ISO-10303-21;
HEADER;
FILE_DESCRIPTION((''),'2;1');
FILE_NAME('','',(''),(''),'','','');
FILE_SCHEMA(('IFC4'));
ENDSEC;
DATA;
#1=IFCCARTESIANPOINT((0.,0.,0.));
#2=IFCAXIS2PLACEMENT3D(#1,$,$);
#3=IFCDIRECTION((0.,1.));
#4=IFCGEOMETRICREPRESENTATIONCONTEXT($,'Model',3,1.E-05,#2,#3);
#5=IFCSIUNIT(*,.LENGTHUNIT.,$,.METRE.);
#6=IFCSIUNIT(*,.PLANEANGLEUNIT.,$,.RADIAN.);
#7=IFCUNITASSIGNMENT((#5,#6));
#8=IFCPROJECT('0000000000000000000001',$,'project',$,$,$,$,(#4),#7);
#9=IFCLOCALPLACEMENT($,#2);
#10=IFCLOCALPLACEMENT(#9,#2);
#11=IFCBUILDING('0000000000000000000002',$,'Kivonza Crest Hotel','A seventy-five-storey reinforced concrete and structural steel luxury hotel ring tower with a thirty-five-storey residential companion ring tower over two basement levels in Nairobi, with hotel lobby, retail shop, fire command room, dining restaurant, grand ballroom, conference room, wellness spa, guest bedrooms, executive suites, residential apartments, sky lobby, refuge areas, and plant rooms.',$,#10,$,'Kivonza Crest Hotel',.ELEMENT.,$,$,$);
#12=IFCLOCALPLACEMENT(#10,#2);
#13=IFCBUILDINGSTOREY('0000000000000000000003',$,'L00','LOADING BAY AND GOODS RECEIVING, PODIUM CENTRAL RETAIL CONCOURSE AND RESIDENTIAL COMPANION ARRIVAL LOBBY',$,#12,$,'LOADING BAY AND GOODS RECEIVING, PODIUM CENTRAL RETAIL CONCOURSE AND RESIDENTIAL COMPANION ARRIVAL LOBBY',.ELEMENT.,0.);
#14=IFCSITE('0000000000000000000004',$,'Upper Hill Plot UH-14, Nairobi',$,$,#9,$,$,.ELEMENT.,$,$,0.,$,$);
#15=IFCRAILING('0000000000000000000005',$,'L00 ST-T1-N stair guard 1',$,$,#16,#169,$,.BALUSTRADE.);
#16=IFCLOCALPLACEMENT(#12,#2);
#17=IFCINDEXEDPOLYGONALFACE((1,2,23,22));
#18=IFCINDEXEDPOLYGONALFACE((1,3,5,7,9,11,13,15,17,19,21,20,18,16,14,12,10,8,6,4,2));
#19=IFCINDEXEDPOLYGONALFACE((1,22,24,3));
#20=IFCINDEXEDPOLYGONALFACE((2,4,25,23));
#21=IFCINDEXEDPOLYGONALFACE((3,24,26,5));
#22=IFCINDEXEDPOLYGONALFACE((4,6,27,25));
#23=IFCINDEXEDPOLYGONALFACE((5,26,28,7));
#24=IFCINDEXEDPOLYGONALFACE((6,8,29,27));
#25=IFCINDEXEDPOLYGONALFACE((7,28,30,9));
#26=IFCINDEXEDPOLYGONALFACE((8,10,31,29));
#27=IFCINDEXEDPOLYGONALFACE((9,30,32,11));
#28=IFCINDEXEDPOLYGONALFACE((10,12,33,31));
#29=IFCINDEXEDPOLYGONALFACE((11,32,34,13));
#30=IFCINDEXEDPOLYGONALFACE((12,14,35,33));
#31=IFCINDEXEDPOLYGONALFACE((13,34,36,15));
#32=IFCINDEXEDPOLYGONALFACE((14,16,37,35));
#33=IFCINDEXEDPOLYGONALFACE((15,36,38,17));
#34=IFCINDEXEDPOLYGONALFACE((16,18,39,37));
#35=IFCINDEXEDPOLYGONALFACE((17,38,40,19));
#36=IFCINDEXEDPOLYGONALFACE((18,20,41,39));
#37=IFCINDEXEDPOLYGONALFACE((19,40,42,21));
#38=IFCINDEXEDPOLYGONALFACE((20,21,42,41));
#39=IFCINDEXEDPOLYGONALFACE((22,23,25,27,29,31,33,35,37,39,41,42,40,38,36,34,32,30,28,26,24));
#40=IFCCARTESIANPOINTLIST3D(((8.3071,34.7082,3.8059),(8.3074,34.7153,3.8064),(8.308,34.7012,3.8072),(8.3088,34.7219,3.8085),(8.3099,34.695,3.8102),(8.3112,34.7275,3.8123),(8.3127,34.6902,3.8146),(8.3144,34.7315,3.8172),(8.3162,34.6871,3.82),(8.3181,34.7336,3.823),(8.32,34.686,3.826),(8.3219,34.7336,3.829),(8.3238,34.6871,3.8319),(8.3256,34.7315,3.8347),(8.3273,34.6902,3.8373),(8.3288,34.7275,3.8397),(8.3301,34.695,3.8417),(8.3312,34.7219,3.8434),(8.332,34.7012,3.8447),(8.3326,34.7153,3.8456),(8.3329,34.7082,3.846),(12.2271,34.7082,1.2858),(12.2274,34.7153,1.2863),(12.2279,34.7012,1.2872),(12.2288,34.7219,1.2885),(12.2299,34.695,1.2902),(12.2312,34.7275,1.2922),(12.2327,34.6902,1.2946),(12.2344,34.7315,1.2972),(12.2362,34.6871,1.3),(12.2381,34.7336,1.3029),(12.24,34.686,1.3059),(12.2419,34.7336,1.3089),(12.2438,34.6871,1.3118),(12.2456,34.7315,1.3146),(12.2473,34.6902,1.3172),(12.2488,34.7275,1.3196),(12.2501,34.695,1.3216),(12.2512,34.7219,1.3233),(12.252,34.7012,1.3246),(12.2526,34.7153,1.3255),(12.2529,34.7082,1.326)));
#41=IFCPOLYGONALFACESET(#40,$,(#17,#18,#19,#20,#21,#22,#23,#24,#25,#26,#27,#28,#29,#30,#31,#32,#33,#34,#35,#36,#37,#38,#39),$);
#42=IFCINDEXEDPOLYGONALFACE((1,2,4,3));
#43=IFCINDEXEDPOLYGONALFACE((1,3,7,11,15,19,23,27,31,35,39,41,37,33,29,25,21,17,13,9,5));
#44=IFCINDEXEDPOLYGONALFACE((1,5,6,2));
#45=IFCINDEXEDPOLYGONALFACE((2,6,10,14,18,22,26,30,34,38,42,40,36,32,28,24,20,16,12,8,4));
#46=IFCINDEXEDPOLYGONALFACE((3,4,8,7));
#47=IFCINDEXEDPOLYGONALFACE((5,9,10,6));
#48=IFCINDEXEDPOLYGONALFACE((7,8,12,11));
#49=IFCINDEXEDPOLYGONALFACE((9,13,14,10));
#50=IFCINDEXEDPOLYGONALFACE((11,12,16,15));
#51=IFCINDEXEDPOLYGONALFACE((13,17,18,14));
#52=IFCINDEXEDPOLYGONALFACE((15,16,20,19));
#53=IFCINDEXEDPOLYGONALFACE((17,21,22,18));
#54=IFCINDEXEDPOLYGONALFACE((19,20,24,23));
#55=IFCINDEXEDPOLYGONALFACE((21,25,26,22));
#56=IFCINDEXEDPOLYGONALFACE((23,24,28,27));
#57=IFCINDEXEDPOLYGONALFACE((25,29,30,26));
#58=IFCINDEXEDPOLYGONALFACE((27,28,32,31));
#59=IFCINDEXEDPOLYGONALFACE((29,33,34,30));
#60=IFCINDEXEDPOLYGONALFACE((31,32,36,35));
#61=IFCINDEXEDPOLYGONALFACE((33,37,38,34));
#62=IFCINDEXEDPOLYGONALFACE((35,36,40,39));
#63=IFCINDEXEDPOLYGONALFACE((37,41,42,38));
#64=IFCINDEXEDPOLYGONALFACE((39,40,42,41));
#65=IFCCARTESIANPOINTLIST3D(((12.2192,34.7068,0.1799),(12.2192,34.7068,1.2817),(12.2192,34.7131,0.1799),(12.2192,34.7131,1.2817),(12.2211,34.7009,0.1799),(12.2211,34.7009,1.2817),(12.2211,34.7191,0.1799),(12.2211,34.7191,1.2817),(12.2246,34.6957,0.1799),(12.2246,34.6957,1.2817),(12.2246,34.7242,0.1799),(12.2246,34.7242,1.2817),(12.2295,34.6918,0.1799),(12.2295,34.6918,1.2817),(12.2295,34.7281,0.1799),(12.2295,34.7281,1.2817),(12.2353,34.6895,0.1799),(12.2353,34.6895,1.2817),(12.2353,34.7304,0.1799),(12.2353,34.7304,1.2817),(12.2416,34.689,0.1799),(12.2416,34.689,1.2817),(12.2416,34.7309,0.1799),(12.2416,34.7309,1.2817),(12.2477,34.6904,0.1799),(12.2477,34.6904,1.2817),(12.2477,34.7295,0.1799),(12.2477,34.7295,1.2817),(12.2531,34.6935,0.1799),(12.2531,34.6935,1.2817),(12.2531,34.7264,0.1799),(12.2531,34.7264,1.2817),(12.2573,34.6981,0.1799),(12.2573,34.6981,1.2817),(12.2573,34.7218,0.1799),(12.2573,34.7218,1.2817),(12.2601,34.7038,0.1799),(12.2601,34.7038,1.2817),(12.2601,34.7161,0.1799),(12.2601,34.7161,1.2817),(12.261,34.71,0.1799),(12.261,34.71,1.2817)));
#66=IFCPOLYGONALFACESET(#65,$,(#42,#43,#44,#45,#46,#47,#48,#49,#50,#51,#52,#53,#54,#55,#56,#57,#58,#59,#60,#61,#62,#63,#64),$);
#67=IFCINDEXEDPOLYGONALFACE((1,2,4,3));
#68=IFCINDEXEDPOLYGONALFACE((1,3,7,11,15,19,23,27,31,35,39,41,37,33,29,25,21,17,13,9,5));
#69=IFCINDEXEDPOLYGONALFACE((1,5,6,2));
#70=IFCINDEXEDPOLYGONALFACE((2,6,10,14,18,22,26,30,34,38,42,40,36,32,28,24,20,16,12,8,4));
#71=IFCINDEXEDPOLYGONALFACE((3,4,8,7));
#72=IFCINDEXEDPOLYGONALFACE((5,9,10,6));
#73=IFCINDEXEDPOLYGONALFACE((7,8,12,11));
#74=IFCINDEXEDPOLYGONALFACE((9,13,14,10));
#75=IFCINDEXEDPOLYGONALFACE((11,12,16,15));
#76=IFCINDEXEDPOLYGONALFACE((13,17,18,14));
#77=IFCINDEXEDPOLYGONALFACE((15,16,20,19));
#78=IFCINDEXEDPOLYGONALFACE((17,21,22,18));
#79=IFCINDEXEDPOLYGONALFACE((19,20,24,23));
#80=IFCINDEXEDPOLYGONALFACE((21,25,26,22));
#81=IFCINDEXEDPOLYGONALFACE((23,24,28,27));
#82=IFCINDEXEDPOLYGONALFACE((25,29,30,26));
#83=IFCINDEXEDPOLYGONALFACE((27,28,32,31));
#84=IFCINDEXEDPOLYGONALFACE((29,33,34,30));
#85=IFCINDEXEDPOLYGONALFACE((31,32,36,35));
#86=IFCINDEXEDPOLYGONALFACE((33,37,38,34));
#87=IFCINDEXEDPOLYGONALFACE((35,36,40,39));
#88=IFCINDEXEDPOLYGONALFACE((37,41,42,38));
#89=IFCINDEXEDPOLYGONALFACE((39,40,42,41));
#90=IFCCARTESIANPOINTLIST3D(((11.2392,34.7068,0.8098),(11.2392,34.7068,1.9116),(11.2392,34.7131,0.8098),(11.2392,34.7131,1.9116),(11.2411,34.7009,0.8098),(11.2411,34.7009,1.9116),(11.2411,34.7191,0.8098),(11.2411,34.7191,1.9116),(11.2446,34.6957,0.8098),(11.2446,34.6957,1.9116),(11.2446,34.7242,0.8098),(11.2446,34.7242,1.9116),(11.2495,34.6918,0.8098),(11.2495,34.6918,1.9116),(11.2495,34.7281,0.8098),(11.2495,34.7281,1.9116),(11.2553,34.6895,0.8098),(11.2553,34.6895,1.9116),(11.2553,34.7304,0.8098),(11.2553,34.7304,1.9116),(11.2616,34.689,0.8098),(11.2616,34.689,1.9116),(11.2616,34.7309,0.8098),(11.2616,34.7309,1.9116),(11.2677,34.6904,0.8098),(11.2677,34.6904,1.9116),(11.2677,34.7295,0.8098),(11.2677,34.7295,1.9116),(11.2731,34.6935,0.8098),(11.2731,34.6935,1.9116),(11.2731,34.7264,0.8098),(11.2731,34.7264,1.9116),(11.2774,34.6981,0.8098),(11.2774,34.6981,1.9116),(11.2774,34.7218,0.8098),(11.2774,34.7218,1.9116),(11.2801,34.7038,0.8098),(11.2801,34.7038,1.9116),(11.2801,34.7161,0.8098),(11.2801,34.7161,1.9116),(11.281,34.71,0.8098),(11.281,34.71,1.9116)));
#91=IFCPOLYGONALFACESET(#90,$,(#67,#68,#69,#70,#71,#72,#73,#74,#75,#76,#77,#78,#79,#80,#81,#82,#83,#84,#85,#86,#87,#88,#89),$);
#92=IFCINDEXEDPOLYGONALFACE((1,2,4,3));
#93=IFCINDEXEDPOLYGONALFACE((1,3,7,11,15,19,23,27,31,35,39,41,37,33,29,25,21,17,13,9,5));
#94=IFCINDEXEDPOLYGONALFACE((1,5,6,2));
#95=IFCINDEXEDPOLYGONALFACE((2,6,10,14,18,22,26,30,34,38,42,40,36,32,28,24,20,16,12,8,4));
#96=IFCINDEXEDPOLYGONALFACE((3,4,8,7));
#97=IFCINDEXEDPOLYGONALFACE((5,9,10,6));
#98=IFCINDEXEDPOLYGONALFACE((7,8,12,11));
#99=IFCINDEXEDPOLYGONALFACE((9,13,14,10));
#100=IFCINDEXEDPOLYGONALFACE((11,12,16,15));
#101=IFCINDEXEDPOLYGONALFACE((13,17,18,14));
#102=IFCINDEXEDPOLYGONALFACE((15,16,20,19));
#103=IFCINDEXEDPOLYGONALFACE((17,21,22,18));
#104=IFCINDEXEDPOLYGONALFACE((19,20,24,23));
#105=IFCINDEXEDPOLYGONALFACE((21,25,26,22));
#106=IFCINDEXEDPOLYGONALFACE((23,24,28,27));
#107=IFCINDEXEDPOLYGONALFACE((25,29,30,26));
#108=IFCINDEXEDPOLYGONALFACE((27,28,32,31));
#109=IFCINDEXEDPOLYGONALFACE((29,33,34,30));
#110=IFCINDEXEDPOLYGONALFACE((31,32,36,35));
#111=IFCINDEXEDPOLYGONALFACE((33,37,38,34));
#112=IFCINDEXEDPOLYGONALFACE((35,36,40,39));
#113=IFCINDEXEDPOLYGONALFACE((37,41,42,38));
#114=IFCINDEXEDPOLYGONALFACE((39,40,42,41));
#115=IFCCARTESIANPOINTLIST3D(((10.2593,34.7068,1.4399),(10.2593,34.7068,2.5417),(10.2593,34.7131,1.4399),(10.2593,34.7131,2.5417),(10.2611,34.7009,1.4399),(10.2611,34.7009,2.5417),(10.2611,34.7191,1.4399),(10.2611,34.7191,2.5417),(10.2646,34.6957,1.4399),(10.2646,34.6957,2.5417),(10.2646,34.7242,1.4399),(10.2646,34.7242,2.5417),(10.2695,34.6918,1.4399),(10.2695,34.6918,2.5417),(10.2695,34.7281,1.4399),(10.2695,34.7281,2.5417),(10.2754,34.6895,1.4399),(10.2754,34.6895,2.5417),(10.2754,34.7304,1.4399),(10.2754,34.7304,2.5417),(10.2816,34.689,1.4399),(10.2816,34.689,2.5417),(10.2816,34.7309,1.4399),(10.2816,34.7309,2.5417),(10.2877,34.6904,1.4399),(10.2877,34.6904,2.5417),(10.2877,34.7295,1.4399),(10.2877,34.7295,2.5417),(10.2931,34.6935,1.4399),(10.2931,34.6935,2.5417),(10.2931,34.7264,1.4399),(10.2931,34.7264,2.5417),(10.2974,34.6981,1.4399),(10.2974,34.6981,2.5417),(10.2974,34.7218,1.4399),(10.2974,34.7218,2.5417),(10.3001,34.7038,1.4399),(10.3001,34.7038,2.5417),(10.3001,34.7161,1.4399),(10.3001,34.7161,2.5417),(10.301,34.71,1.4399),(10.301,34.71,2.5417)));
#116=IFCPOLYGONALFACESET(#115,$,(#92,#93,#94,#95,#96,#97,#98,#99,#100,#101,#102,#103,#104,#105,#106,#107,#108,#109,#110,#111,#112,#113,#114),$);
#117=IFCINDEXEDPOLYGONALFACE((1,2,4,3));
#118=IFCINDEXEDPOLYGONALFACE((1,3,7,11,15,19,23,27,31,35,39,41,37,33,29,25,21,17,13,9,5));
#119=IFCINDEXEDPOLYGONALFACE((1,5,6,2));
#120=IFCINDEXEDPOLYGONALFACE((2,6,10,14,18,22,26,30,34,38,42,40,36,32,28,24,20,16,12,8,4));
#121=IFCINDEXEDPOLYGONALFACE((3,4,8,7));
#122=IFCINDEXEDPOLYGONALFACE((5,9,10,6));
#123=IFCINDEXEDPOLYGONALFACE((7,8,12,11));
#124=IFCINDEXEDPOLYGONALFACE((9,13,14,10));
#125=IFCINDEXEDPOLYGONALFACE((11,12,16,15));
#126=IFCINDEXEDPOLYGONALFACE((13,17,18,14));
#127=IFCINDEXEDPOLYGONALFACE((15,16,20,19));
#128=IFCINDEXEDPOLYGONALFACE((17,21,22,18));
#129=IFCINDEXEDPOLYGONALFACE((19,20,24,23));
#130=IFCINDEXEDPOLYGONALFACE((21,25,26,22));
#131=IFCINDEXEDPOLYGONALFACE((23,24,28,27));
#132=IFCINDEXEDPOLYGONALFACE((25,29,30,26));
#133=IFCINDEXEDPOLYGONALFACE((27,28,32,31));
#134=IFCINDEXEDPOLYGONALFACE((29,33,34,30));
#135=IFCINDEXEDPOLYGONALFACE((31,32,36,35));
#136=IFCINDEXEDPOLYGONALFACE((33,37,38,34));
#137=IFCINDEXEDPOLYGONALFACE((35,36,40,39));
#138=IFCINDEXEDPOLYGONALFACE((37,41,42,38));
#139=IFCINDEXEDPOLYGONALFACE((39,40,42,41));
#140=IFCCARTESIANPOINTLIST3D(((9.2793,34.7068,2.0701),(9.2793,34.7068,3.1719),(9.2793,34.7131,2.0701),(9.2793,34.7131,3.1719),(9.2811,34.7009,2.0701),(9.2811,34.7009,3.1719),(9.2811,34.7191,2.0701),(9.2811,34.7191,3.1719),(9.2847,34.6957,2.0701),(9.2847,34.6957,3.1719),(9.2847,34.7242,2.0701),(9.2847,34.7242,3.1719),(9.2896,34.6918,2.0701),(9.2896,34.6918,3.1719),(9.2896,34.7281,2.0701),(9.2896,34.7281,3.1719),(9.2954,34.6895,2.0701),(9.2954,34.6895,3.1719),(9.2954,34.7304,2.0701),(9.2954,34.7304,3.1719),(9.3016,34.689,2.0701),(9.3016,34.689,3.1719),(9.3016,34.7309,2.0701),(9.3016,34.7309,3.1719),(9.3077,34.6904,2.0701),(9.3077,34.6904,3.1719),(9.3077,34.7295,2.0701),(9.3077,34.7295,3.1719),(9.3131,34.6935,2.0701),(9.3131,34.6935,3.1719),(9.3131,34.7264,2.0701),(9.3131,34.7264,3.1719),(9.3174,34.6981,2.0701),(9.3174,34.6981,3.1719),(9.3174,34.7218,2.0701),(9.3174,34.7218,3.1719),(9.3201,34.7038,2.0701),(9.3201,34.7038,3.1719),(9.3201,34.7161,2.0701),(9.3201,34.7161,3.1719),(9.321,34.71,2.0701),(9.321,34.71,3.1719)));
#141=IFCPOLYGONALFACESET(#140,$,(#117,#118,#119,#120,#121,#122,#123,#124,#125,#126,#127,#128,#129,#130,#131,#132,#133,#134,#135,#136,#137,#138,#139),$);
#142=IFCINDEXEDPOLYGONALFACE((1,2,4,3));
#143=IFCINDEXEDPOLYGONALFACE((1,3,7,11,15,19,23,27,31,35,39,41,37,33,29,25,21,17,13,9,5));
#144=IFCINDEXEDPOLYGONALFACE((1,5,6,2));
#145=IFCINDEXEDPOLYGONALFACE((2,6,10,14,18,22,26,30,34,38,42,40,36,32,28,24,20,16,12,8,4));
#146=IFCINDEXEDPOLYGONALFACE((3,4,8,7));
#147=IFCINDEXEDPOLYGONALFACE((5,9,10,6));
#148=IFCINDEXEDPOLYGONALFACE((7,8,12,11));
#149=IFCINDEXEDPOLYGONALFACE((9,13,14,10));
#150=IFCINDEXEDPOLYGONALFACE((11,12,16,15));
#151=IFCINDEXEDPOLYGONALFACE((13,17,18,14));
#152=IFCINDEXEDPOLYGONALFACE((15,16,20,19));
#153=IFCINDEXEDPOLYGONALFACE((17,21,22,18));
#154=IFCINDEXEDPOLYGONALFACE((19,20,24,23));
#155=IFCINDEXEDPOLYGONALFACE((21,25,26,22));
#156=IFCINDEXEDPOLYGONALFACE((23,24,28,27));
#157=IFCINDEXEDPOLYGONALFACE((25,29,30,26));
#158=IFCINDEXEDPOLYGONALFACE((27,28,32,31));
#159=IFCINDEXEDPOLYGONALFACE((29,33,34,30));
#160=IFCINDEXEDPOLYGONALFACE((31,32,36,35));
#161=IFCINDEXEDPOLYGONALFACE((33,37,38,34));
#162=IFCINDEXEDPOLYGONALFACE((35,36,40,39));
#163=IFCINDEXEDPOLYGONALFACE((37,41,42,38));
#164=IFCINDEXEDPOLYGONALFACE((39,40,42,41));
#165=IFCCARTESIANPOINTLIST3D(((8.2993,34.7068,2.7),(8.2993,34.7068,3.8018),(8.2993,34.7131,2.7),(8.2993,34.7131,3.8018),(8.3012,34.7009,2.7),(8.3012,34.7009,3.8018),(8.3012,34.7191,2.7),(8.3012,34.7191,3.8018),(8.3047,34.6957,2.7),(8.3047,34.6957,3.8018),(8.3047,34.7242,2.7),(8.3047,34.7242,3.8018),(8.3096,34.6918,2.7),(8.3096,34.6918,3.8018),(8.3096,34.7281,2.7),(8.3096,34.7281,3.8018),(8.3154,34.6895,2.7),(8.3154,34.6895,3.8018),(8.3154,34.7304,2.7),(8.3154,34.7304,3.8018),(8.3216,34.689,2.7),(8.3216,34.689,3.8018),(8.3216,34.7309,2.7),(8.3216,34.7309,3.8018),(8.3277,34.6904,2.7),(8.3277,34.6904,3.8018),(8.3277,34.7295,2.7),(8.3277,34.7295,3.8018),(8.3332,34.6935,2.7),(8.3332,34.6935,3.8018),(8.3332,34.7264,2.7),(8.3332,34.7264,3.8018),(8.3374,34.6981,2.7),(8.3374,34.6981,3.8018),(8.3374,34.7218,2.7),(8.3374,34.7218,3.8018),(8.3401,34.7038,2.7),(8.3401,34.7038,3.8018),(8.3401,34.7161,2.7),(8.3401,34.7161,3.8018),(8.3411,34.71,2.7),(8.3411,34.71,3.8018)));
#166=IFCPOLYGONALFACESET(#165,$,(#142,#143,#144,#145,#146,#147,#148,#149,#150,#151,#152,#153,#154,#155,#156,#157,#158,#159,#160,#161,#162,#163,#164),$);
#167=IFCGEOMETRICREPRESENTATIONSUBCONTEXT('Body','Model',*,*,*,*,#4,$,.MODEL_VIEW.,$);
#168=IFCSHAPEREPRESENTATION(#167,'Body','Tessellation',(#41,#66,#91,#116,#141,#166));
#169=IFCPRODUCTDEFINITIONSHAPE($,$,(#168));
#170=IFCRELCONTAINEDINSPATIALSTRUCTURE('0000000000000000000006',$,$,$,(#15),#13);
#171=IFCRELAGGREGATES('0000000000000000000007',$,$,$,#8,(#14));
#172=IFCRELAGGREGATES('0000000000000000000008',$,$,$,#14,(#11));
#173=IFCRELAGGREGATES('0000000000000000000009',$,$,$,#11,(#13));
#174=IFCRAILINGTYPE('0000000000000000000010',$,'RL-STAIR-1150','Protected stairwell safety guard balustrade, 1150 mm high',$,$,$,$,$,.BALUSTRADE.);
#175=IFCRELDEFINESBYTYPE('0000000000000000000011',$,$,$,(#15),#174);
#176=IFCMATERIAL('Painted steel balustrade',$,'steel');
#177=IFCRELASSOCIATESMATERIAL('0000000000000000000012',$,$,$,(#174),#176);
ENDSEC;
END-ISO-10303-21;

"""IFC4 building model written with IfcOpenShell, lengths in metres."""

from ifc_helpers import new_model, si_unit, direction, frame, origin, origin_2d, place, context, subcontext, project, spatial, circle, extrude, material, type_object, element, save


model = new_model("IFC4")

# Units and contexts
model_context = context("Model", 3, precision=1e-05, world=origin(), true_north=direction((0.0, 1.0)))
body_context = subcontext(model_context, "Body", "Model", "MODEL_VIEW")
ifc_project = project(units=[si_unit("LENGTHUNIT", "METRE"), si_unit("PLANEANGLEUNIT", "RADIAN")], contexts=[model_context])

# Site, building, storey
site_placement = place(None, origin())
site = spatial("IfcSite", under=ifc_project, at=site_placement, Name="Upper Hill Plot UH-14, Nairobi", CompositionType="ELEMENT", RefElevation=0.0)
building_placement = place(site_placement, origin())
building = spatial("IfcBuilding", under=site, at=building_placement, Name="Kivonza Crest Hotel", Description="A seventy-five-storey reinforced concrete and structural steel luxury hotel ring tower with a thirty-five-storey residential companion ring tower over two basement levels in Nairobi, with hotel lobby, retail shop, fire command room, dining restaurant, grand ballroom, conference room, wellness spa, guest bedrooms, executive suites, residential apartments, sky lobby, refuge areas, and plant rooms.", LongName="Kivonza Crest Hotel", CompositionType="ELEMENT")
storey_placement = place(building_placement, origin())
storey = spatial("IfcBuildingStorey", under=building, at=storey_placement, Name="L00", Description="LOADING BAY AND GOODS RECEIVING, PODIUM CENTRAL RETAIL CONCOURSE AND RESIDENTIAL COMPANION ARRIVAL LOBBY", LongName="LOADING BAY AND GOODS RECEIVING, PODIUM CENTRAL RETAIL CONCOURSE AND RESIDENTIAL COMPANION ARRIVAL LOBBY", CompositionType="ELEMENT", Elevation=0.0)

# Railing
ifc_material_1 = material(Name="Painted steel balustrade", Category="steel")
railing_type_1 = type_object("IfcRailingType", Name="RL-STAIR-1150", Description="Protected stairwell safety guard balustrade, 1150 mm high", PredefinedType="BALUSTRADE", material=ifc_material_1)
railing_1_placement = place(storey_placement, frame((12.24, 34.71, 0.1799)))
element("IfcRailing", 1, at=railing_1_placement, inside=storey, type_object=railing_type_1, Name="L00 ST-T1-N stair guard 1", PredefinedType="BALUSTRADE", context=body_context, shape_type="SweptSolid", body=[
    extrude(circle(Radius=0.0239, at=origin_2d()), frame((0.0, 0.0, 1.126), z_axis=(-0.841172, 0.0, 0.540768), x_axis=(0.0, -1.0, 0.0)), (0.0, 0.0, 1.0), 4.6602),
    extrude(circle(Radius=0.021, at=origin_2d()), origin(), (0.0, 0.0, 1.0), 1.1018),
    extrude(circle(Radius=0.021, at=origin_2d()), frame((-0.98, 0.0, 0.6299)), (0.0, 0.0, 1.0), 1.1018),
    extrude(circle(Radius=0.021, at=origin_2d()), frame((-1.96, 0.0, 1.26)), (0.0, 0.0, 1.0), 1.1018),
    extrude(circle(Radius=0.021, at=origin_2d()), frame((-2.9399, 0.0, 1.8901)), (0.0, 0.0, 1.0), 1.1018),
    extrude(circle(Radius=0.021, at=origin_2d()), frame((-3.9199, 0.0, 2.52)), (0.0, 0.0, 1.0), 1.1018),
])

save(model, "model.ifc")
